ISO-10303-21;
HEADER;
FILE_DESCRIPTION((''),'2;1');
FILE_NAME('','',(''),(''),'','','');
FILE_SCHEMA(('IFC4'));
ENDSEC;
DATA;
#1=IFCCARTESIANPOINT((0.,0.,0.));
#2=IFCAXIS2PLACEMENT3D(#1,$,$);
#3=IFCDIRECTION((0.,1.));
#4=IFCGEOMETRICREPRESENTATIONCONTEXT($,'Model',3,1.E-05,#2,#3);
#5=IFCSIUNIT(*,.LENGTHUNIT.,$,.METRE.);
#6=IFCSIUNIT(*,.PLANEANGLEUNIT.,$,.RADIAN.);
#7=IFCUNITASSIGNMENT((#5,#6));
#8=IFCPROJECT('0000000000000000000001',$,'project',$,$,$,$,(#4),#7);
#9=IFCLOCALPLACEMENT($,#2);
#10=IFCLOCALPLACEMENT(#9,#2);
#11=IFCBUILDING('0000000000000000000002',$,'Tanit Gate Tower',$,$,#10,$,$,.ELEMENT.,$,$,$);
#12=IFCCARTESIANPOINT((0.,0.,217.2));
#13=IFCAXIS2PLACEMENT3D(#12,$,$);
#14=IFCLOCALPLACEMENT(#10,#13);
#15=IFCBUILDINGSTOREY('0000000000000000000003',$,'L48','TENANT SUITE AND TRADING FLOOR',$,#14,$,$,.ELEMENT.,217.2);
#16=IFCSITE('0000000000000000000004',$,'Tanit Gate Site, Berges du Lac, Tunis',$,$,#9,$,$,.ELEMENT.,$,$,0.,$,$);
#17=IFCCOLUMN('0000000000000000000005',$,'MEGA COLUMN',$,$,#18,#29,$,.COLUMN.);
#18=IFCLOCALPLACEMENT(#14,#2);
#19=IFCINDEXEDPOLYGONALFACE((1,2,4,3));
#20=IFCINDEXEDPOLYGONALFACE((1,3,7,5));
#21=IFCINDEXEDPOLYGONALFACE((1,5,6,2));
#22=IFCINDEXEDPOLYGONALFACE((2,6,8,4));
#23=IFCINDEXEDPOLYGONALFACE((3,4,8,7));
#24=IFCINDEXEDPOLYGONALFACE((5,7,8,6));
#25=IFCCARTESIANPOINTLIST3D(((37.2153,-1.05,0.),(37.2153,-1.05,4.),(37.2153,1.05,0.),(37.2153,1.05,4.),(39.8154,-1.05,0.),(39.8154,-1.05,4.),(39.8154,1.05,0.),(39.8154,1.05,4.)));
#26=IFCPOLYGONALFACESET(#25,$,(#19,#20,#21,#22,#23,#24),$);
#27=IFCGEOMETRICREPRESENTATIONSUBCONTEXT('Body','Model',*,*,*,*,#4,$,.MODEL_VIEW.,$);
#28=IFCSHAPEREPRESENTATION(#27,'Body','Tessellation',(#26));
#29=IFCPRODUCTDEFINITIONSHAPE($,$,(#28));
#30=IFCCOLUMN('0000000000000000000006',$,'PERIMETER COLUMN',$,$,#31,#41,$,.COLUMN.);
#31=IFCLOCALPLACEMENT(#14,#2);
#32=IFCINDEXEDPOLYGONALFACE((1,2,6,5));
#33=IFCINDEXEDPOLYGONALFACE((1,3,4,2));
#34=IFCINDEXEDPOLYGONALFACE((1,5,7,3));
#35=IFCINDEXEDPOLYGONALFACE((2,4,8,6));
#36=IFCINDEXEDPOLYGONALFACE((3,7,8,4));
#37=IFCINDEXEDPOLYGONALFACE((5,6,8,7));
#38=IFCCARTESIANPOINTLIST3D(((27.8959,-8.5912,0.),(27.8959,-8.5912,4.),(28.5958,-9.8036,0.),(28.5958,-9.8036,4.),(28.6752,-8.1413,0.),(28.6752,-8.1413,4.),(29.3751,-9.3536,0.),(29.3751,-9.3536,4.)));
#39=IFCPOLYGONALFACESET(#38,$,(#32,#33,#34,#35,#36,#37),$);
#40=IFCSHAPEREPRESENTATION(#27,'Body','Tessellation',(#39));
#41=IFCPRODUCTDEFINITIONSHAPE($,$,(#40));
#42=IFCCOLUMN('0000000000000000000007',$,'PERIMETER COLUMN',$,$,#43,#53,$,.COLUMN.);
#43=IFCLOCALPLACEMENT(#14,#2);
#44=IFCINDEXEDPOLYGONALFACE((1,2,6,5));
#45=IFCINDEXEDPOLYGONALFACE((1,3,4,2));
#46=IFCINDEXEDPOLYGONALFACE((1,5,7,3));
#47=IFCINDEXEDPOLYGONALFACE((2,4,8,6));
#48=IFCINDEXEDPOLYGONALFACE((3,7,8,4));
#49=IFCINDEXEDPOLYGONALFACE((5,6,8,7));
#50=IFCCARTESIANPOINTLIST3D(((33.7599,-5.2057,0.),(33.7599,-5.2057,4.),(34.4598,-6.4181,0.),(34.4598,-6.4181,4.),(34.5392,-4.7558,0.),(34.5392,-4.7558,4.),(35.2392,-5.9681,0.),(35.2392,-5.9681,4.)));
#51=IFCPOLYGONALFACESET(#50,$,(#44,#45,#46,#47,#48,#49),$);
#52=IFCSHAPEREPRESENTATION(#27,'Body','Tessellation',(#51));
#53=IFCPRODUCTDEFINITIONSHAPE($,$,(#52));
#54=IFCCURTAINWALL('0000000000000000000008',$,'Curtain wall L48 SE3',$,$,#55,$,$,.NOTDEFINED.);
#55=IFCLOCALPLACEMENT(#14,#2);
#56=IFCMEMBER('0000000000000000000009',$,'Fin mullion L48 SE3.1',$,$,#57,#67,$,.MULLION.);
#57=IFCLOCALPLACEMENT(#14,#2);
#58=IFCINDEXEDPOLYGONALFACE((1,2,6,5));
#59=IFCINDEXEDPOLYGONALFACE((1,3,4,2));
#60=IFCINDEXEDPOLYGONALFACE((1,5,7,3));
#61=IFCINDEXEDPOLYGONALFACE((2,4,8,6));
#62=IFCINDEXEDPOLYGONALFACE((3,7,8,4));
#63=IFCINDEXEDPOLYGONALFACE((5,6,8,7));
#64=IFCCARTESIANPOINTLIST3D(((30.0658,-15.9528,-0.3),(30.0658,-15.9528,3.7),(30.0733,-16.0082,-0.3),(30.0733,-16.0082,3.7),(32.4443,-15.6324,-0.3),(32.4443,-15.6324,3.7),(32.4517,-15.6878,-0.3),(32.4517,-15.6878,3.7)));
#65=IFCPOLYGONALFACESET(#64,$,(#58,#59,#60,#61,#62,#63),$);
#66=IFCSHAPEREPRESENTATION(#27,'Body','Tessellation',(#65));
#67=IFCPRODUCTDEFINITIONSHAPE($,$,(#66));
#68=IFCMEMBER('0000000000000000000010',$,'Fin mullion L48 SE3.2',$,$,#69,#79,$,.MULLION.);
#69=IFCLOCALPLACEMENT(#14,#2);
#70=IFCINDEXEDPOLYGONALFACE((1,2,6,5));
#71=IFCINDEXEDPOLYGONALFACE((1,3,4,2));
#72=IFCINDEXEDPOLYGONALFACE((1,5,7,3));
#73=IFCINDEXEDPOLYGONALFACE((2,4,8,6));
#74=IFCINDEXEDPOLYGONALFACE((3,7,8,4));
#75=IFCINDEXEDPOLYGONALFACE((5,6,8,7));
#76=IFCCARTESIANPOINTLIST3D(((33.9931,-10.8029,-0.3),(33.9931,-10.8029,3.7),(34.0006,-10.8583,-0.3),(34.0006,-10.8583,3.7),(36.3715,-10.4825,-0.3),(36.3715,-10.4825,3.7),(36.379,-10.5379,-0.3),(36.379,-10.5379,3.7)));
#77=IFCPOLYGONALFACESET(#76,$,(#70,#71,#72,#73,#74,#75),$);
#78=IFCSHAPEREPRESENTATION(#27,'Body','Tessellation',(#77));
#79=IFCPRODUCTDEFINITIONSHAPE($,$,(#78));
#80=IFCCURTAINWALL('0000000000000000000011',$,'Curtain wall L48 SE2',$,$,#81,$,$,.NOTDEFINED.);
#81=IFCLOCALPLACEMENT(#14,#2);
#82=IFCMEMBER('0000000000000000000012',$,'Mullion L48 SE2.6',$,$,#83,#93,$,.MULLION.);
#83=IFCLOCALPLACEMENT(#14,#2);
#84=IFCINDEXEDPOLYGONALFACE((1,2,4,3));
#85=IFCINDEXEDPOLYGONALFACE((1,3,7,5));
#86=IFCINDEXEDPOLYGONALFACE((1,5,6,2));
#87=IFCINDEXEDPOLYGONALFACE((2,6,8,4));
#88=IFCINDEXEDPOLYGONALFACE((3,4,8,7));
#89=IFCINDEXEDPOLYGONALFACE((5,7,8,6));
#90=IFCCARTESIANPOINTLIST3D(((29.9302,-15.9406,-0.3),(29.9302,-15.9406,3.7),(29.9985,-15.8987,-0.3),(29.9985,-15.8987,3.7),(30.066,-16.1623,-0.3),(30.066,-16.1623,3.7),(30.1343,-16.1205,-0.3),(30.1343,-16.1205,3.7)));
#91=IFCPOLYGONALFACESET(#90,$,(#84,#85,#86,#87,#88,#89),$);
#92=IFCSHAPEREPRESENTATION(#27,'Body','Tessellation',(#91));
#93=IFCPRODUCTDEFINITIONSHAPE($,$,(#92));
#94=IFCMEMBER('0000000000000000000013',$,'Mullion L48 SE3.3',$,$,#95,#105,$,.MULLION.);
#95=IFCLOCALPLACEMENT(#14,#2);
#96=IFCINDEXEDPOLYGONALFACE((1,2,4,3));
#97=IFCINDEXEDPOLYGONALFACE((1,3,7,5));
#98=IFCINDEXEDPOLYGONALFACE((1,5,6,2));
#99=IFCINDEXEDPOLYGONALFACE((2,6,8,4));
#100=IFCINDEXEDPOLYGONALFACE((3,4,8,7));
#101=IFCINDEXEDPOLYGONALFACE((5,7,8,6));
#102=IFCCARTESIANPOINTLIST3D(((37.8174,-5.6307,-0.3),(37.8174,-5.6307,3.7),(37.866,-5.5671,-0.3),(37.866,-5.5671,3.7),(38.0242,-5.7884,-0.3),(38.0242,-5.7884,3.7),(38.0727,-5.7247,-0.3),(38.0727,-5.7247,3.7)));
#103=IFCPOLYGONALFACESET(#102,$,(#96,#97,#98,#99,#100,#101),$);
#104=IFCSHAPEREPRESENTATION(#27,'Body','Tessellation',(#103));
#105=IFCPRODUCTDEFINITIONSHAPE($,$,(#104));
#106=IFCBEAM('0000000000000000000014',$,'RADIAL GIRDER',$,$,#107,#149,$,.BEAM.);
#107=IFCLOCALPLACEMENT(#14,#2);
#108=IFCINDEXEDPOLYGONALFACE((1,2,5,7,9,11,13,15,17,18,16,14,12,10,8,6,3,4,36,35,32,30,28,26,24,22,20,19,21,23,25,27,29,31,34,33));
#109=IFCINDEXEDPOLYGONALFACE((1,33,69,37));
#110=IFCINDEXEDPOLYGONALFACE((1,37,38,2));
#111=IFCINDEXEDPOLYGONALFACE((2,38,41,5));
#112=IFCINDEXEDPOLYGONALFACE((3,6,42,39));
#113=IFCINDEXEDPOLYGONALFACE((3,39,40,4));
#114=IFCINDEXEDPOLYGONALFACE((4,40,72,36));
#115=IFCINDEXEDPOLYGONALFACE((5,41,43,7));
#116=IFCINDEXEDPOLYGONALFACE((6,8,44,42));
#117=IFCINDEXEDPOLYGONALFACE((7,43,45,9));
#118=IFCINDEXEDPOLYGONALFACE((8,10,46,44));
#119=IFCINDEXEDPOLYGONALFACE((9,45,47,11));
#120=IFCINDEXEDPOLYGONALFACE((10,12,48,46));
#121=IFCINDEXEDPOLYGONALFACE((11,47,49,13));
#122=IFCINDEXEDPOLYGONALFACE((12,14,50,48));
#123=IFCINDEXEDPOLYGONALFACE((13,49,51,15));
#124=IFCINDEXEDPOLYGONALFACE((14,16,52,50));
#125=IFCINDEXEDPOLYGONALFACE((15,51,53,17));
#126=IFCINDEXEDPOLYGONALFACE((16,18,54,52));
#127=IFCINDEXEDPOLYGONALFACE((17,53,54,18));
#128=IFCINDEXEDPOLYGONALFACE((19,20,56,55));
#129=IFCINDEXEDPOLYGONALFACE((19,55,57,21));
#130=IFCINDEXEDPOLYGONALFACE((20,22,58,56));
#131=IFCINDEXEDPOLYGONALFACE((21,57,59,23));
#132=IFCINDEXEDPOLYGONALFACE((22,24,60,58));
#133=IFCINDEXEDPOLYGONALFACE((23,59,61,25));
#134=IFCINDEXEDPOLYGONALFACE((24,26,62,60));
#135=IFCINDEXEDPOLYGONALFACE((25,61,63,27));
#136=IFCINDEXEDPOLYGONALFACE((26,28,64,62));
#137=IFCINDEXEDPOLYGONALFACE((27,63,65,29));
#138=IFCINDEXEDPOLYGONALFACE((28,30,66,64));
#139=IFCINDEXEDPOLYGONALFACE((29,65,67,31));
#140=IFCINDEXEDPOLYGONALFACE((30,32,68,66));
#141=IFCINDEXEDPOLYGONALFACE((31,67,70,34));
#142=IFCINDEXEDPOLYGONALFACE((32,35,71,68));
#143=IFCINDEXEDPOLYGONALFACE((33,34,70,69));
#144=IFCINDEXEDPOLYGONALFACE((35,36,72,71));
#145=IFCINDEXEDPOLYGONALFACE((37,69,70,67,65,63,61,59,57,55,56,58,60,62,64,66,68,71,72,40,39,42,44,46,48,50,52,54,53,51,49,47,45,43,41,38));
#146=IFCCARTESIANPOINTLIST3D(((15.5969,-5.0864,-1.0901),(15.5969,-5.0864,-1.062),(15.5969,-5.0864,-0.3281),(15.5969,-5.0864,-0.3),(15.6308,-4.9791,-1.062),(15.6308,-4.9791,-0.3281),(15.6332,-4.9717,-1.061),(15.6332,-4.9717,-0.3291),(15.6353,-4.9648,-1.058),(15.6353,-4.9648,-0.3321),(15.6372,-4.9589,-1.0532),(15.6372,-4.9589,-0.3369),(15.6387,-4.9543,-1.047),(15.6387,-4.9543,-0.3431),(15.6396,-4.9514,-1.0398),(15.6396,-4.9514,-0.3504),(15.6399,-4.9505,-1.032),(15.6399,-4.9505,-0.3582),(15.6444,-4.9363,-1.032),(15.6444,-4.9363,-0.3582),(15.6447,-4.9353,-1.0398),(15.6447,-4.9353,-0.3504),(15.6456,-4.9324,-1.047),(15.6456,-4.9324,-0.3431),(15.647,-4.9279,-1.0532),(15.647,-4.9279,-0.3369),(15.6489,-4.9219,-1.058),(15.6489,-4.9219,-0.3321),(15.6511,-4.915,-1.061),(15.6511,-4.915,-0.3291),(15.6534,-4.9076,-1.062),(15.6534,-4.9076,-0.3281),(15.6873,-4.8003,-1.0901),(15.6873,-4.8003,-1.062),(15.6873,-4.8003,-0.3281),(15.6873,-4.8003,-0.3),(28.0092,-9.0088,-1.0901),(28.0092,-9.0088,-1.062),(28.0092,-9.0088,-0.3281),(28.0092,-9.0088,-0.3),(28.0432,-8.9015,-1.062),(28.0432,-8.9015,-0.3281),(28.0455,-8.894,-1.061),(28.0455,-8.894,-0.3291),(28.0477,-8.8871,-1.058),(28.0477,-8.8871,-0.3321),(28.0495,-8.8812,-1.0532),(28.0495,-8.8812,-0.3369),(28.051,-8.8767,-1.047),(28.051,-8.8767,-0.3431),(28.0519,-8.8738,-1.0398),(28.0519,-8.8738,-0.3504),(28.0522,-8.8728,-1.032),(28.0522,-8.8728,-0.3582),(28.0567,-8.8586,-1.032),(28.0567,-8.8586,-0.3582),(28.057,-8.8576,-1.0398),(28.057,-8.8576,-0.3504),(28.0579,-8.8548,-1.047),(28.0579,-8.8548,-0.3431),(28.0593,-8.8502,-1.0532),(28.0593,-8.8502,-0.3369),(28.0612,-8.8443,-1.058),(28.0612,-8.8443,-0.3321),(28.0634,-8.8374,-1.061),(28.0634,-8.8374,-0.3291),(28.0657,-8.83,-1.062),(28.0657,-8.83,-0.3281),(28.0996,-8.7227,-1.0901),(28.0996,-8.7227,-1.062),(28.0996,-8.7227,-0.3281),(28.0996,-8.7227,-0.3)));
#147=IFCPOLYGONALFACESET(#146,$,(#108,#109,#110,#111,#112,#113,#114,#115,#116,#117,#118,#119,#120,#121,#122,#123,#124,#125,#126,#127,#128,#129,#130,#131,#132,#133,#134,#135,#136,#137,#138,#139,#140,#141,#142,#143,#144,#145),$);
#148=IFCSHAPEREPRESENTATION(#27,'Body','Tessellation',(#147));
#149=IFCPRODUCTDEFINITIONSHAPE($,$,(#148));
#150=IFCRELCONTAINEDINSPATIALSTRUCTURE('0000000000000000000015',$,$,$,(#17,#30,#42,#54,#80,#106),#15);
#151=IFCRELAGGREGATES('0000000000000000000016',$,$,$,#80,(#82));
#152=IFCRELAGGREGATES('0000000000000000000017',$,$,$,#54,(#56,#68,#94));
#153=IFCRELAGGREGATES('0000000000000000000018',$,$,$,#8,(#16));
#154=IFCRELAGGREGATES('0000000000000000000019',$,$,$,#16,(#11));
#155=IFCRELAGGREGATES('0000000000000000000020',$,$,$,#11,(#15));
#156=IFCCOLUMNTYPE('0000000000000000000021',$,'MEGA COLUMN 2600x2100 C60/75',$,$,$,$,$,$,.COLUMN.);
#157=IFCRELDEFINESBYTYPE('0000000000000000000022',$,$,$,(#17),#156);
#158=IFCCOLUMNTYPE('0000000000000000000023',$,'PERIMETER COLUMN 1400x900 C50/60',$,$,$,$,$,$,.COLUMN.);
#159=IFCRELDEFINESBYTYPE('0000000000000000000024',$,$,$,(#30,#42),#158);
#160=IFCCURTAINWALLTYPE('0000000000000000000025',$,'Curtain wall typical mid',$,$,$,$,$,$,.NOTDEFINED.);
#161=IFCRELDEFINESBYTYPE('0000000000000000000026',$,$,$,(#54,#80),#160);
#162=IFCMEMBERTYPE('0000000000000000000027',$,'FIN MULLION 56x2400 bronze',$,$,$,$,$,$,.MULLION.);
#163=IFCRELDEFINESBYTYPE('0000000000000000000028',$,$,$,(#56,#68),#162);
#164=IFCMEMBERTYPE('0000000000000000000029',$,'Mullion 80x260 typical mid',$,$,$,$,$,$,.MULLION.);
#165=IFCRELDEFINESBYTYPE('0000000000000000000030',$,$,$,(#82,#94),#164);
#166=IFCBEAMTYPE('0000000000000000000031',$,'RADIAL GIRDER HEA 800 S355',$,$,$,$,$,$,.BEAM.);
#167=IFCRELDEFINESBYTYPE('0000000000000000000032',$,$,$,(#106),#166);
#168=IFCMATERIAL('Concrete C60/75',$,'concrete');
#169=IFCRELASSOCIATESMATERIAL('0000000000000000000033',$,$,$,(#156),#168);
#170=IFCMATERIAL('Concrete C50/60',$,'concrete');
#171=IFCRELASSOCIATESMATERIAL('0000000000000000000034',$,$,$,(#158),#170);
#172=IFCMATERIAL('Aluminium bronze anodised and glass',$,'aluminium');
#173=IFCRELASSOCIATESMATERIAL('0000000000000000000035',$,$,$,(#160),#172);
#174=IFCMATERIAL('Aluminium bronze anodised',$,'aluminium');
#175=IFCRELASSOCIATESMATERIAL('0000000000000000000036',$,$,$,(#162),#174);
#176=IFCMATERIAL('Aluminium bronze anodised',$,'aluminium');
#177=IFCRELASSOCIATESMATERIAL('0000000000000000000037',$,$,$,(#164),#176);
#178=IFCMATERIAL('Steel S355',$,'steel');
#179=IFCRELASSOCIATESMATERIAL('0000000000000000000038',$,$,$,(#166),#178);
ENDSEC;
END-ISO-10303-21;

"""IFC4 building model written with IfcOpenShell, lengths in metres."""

from ifc_helpers import new_model, si_unit, direction, frame, origin, origin_2d, place, context, subcontext, project, spatial, rectangle, i_section, extrude, material, material_profile, profile_set, type_object, element, aggregate, save


model = new_model("IFC4")

# Units and contexts
model_context = context("Model", 3, precision=1e-05, world=origin(), true_north=direction((0.0, 1.0)))
body_context = subcontext(model_context, "Body", "Model", "MODEL_VIEW")
ifc_project = project(units=[si_unit("LENGTHUNIT", "METRE"), si_unit("PLANEANGLEUNIT", "RADIAN")], contexts=[model_context])

# Site, building, storey
site_placement = place(None, origin())
site = spatial("IfcSite", under=ifc_project, at=site_placement, Name="Tanit Gate Site, Berges du Lac, Tunis", CompositionType="ELEMENT", RefElevation=0.0)
building_placement = place(site_placement, origin())
building = spatial("IfcBuilding", under=site, at=building_placement, Name="Tanit Gate Tower", CompositionType="ELEMENT")
storey_placement = place(building_placement, frame((0.0, 0.0, 217.2)))
storey = spatial("IfcBuildingStorey", under=building, at=storey_placement, Name="L48", Description="TENANT SUITE AND TRADING FLOOR", CompositionType="ELEMENT", Elevation=217.2)

# Columns
ifc_material_1 = material(Name="Concrete C60/75", Category="concrete")
ifc_material_profile_1 = material_profile(ifc_material_1, rectangle(XDim=2.6001, YDim=2.1001, at=origin_2d()), Name="RC 2600x2100")
ifc_profile_set_1 = profile_set([ifc_material_profile_1], Name="Concrete C60/75")
column_type_1 = type_object("IfcColumnType", Name="MEGA COLUMN 2600x2100 C60/75", PredefinedType="COLUMN", material=ifc_profile_set_1)
column_placement = place(storey_placement, frame((38.5154, 0.0, 0.0), z_axis=(0.0, 0.0, 1.0), x_axis=(1.0, 0.0, 0.0)))
element("IfcColumn", 1, at=column_placement, inside=storey, type_object=column_type_1, Name="MEGA COLUMN", PredefinedType="COLUMN", context=body_context, shape_type="SweptSolid", body=[
    extrude(rectangle(XDim=2.6001, YDim=2.1001, at=origin_2d()), origin(), (0.0, 0.0, 1.0), 4.0),
])
ifc_material_2 = material(Name="Concrete C50/60", Category="concrete")
ifc_material_profile_2 = material_profile(ifc_material_2, rectangle(XDim=1.3999, YDim=0.8999, at=origin_2d()), Name="RC 1400x900")
ifc_profile_set_2 = profile_set([ifc_material_profile_2], Name="Concrete C50/60")
column_type_2 = type_object("IfcColumnType", Name="PERIMETER COLUMN 1400x900 C50/60", PredefinedType="COLUMN", material=ifc_profile_set_2)
for number, where, z_axis, x_axis, name in (
    (2, (28.6355, -8.9724, 0.0), (0.0, 0.0, 1.0), (0.5, -0.866025, 0.0), "PERIMETER COLUMN"),
    (3, (34.4995, -5.5869, 0.0), (0.0, 0.0, 1.0), (0.5, -0.866025, 0.0), "PERIMETER COLUMN"),
):
    element("IfcColumn", number, at=place(storey_placement, frame(where, z_axis=z_axis, x_axis=x_axis)), inside=storey, type_object=column_type_2, Name=name, PredefinedType="COLUMN", context=body_context, shape_type="SweptSolid", body=[
        extrude(rectangle(XDim=1.3999, YDim=0.8999, at=origin_2d()), origin(), (0.0, 0.0, 1.0), 4.0),
    ])

# Curtain wall, members
ifc_material_3 = material(Name="Aluminium bronze anodised and glass", Category="aluminium")
curtain_wall_type = type_object("IfcCurtainWallType", Name="Curtain wall typical mid", PredefinedType="NOTDEFINED", material=ifc_material_3)
curtain_wall_1_placement = place(storey_placement, origin())
curtain_wall_1 = element("IfcCurtainWall", 4, at=curtain_wall_1_placement, inside=storey, type_object=curtain_wall_type, Name="Curtain wall L48 SE3", PredefinedType="NOTDEFINED")
ifc_material_4 = material(Name="Aluminium bronze anodised", Category="aluminium")
ifc_material_profile_3 = material_profile(ifc_material_4, rectangle(XDim=2.3999, YDim=0.0559, at=origin_2d()), Name="56x2400 bronze fin mullion")
ifc_profile_set_3 = profile_set([ifc_material_profile_3], Name="Aluminium bronze anodised")
member_type_1 = type_object("IfcMemberType", Name="FIN MULLION 56x2400 bronze", PredefinedType="MULLION", material=ifc_profile_set_3)
member_1_placement = place(storey_placement, frame((31.2588, -15.8203, -0.3), z_axis=(0.0, 0.0, 1.0), x_axis=(-0.991049, -0.133498, 0.0)))
member_1 = element("IfcMember", 5, at=member_1_placement, type_object=member_type_1, Name="Fin mullion L48 SE3.1", PredefinedType="MULLION", context=body_context, shape_type="SweptSolid", body=[
    extrude(rectangle(XDim=2.3999, YDim=0.0559, at=origin_2d()), origin(), (0.0, 0.0, 1.0), 4.0),
])
member_2_placement = place(storey_placement, frame((35.186, -10.6704, -0.3), z_axis=(0.0, 0.0, 1.0), x_axis=(-0.991049, -0.133498, 0.0)))
member_2 = element("IfcMember", 6, at=member_2_placement, type_object=member_type_1, Name="Fin mullion L48 SE3.2", PredefinedType="MULLION", context=body_context, shape_type="SweptSolid", body=[
    extrude(rectangle(XDim=2.3999, YDim=0.0559, at=origin_2d()), origin(), (0.0, 0.0, 1.0), 4.0),
])

# Curtain wall, member
curtain_wall_2_placement = place(storey_placement, origin())
curtain_wall_2 = element("IfcCurtainWall", 7, at=curtain_wall_2_placement, inside=storey, type_object=curtain_wall_type, Name="Curtain wall L48 SE2", PredefinedType="NOTDEFINED")
ifc_material_5 = material(Name="Aluminium bronze anodised", Category="aluminium")
ifc_material_profile_4 = material_profile(ifc_material_5, rectangle(XDim=0.26, YDim=0.0801, at=origin_2d()), Name="80x260 bronze mullion")
ifc_profile_set_4 = profile_set([ifc_material_profile_4], Name="Aluminium bronze anodised")
member_type_2 = type_object("IfcMemberType", Name="Mullion 80x260 typical mid", PredefinedType="MULLION", material=ifc_profile_set_4)
member_3_placement = place(storey_placement, frame((30.0322, -16.0305, -0.3), z_axis=(0.0, 0.0, 1.0), x_axis=(-0.522401, 0.8527, 0.0)))
member_3 = element("IfcMember", 8, at=member_3_placement, type_object=member_type_2, Name="Mullion L48 SE2.6", PredefinedType="MULLION", context=body_context, shape_type="SweptSolid", body=[
    extrude(rectangle(XDim=0.26, YDim=0.0801, at=origin_2d()), origin(), (0.0, 0.0, 1.0), 4.0),
])

# Member
member_4_placement = place(storey_placement, frame((37.9451, -5.6777, -0.3), z_axis=(0.0, 0.0, 1.0), x_axis=(-0.795175, 0.60638, 0.0)))
member_4 = element("IfcMember", 9, at=member_4_placement, type_object=member_type_2, Name="Mullion L48 SE3.3", PredefinedType="MULLION", context=body_context, shape_type="SweptSolid", body=[
    extrude(rectangle(XDim=0.26, YDim=0.0801, at=origin_2d()), origin(), (0.0, 0.0, 1.0), 4.0),
])

# Beam
ifc_material_6 = material(Name="Steel S355", Category="steel")
ifc_material_profile_5 = material_profile(ifc_material_6, i_section(OverallWidth=0.3, OverallDepth=0.79, WebThickness=0.0149, FlangeThickness=0.0281, FilletRadius=0.03, at=origin_2d()), Name="HEA 800")
ifc_profile_set_5 = profile_set([ifc_material_profile_5], Name="Steel S355")
beam_type_1 = type_object("IfcBeamType", Name="RADIAL GIRDER HEA 800 S355", PredefinedType="BEAM", material=ifc_profile_set_5)
beam_1_placement = place(storey_placement, frame((28.0544, -8.8657, -0.6951), z_axis=(-0.953524, 0.301318, 0.0), x_axis=(-0.301318, -0.953524, 0.0)))
element("IfcBeam", 10, at=beam_1_placement, inside=storey, type_object=beam_type_1, Name="RADIAL GIRDER", PredefinedType="BEAM", context=body_context, shape_type="SweptSolid", body=[
    extrude(i_section(OverallWidth=0.3, OverallDepth=0.79, WebThickness=0.0149, FlangeThickness=0.0281, FilletRadius=0.03, at=origin_2d()), origin(), (0.0, 0.0, 1.0), 13.0173),
])

aggregate(curtain_wall_2, [member_3])
aggregate(curtain_wall_1, [member_1, member_2, member_4])

save(model, "model.ifc")
